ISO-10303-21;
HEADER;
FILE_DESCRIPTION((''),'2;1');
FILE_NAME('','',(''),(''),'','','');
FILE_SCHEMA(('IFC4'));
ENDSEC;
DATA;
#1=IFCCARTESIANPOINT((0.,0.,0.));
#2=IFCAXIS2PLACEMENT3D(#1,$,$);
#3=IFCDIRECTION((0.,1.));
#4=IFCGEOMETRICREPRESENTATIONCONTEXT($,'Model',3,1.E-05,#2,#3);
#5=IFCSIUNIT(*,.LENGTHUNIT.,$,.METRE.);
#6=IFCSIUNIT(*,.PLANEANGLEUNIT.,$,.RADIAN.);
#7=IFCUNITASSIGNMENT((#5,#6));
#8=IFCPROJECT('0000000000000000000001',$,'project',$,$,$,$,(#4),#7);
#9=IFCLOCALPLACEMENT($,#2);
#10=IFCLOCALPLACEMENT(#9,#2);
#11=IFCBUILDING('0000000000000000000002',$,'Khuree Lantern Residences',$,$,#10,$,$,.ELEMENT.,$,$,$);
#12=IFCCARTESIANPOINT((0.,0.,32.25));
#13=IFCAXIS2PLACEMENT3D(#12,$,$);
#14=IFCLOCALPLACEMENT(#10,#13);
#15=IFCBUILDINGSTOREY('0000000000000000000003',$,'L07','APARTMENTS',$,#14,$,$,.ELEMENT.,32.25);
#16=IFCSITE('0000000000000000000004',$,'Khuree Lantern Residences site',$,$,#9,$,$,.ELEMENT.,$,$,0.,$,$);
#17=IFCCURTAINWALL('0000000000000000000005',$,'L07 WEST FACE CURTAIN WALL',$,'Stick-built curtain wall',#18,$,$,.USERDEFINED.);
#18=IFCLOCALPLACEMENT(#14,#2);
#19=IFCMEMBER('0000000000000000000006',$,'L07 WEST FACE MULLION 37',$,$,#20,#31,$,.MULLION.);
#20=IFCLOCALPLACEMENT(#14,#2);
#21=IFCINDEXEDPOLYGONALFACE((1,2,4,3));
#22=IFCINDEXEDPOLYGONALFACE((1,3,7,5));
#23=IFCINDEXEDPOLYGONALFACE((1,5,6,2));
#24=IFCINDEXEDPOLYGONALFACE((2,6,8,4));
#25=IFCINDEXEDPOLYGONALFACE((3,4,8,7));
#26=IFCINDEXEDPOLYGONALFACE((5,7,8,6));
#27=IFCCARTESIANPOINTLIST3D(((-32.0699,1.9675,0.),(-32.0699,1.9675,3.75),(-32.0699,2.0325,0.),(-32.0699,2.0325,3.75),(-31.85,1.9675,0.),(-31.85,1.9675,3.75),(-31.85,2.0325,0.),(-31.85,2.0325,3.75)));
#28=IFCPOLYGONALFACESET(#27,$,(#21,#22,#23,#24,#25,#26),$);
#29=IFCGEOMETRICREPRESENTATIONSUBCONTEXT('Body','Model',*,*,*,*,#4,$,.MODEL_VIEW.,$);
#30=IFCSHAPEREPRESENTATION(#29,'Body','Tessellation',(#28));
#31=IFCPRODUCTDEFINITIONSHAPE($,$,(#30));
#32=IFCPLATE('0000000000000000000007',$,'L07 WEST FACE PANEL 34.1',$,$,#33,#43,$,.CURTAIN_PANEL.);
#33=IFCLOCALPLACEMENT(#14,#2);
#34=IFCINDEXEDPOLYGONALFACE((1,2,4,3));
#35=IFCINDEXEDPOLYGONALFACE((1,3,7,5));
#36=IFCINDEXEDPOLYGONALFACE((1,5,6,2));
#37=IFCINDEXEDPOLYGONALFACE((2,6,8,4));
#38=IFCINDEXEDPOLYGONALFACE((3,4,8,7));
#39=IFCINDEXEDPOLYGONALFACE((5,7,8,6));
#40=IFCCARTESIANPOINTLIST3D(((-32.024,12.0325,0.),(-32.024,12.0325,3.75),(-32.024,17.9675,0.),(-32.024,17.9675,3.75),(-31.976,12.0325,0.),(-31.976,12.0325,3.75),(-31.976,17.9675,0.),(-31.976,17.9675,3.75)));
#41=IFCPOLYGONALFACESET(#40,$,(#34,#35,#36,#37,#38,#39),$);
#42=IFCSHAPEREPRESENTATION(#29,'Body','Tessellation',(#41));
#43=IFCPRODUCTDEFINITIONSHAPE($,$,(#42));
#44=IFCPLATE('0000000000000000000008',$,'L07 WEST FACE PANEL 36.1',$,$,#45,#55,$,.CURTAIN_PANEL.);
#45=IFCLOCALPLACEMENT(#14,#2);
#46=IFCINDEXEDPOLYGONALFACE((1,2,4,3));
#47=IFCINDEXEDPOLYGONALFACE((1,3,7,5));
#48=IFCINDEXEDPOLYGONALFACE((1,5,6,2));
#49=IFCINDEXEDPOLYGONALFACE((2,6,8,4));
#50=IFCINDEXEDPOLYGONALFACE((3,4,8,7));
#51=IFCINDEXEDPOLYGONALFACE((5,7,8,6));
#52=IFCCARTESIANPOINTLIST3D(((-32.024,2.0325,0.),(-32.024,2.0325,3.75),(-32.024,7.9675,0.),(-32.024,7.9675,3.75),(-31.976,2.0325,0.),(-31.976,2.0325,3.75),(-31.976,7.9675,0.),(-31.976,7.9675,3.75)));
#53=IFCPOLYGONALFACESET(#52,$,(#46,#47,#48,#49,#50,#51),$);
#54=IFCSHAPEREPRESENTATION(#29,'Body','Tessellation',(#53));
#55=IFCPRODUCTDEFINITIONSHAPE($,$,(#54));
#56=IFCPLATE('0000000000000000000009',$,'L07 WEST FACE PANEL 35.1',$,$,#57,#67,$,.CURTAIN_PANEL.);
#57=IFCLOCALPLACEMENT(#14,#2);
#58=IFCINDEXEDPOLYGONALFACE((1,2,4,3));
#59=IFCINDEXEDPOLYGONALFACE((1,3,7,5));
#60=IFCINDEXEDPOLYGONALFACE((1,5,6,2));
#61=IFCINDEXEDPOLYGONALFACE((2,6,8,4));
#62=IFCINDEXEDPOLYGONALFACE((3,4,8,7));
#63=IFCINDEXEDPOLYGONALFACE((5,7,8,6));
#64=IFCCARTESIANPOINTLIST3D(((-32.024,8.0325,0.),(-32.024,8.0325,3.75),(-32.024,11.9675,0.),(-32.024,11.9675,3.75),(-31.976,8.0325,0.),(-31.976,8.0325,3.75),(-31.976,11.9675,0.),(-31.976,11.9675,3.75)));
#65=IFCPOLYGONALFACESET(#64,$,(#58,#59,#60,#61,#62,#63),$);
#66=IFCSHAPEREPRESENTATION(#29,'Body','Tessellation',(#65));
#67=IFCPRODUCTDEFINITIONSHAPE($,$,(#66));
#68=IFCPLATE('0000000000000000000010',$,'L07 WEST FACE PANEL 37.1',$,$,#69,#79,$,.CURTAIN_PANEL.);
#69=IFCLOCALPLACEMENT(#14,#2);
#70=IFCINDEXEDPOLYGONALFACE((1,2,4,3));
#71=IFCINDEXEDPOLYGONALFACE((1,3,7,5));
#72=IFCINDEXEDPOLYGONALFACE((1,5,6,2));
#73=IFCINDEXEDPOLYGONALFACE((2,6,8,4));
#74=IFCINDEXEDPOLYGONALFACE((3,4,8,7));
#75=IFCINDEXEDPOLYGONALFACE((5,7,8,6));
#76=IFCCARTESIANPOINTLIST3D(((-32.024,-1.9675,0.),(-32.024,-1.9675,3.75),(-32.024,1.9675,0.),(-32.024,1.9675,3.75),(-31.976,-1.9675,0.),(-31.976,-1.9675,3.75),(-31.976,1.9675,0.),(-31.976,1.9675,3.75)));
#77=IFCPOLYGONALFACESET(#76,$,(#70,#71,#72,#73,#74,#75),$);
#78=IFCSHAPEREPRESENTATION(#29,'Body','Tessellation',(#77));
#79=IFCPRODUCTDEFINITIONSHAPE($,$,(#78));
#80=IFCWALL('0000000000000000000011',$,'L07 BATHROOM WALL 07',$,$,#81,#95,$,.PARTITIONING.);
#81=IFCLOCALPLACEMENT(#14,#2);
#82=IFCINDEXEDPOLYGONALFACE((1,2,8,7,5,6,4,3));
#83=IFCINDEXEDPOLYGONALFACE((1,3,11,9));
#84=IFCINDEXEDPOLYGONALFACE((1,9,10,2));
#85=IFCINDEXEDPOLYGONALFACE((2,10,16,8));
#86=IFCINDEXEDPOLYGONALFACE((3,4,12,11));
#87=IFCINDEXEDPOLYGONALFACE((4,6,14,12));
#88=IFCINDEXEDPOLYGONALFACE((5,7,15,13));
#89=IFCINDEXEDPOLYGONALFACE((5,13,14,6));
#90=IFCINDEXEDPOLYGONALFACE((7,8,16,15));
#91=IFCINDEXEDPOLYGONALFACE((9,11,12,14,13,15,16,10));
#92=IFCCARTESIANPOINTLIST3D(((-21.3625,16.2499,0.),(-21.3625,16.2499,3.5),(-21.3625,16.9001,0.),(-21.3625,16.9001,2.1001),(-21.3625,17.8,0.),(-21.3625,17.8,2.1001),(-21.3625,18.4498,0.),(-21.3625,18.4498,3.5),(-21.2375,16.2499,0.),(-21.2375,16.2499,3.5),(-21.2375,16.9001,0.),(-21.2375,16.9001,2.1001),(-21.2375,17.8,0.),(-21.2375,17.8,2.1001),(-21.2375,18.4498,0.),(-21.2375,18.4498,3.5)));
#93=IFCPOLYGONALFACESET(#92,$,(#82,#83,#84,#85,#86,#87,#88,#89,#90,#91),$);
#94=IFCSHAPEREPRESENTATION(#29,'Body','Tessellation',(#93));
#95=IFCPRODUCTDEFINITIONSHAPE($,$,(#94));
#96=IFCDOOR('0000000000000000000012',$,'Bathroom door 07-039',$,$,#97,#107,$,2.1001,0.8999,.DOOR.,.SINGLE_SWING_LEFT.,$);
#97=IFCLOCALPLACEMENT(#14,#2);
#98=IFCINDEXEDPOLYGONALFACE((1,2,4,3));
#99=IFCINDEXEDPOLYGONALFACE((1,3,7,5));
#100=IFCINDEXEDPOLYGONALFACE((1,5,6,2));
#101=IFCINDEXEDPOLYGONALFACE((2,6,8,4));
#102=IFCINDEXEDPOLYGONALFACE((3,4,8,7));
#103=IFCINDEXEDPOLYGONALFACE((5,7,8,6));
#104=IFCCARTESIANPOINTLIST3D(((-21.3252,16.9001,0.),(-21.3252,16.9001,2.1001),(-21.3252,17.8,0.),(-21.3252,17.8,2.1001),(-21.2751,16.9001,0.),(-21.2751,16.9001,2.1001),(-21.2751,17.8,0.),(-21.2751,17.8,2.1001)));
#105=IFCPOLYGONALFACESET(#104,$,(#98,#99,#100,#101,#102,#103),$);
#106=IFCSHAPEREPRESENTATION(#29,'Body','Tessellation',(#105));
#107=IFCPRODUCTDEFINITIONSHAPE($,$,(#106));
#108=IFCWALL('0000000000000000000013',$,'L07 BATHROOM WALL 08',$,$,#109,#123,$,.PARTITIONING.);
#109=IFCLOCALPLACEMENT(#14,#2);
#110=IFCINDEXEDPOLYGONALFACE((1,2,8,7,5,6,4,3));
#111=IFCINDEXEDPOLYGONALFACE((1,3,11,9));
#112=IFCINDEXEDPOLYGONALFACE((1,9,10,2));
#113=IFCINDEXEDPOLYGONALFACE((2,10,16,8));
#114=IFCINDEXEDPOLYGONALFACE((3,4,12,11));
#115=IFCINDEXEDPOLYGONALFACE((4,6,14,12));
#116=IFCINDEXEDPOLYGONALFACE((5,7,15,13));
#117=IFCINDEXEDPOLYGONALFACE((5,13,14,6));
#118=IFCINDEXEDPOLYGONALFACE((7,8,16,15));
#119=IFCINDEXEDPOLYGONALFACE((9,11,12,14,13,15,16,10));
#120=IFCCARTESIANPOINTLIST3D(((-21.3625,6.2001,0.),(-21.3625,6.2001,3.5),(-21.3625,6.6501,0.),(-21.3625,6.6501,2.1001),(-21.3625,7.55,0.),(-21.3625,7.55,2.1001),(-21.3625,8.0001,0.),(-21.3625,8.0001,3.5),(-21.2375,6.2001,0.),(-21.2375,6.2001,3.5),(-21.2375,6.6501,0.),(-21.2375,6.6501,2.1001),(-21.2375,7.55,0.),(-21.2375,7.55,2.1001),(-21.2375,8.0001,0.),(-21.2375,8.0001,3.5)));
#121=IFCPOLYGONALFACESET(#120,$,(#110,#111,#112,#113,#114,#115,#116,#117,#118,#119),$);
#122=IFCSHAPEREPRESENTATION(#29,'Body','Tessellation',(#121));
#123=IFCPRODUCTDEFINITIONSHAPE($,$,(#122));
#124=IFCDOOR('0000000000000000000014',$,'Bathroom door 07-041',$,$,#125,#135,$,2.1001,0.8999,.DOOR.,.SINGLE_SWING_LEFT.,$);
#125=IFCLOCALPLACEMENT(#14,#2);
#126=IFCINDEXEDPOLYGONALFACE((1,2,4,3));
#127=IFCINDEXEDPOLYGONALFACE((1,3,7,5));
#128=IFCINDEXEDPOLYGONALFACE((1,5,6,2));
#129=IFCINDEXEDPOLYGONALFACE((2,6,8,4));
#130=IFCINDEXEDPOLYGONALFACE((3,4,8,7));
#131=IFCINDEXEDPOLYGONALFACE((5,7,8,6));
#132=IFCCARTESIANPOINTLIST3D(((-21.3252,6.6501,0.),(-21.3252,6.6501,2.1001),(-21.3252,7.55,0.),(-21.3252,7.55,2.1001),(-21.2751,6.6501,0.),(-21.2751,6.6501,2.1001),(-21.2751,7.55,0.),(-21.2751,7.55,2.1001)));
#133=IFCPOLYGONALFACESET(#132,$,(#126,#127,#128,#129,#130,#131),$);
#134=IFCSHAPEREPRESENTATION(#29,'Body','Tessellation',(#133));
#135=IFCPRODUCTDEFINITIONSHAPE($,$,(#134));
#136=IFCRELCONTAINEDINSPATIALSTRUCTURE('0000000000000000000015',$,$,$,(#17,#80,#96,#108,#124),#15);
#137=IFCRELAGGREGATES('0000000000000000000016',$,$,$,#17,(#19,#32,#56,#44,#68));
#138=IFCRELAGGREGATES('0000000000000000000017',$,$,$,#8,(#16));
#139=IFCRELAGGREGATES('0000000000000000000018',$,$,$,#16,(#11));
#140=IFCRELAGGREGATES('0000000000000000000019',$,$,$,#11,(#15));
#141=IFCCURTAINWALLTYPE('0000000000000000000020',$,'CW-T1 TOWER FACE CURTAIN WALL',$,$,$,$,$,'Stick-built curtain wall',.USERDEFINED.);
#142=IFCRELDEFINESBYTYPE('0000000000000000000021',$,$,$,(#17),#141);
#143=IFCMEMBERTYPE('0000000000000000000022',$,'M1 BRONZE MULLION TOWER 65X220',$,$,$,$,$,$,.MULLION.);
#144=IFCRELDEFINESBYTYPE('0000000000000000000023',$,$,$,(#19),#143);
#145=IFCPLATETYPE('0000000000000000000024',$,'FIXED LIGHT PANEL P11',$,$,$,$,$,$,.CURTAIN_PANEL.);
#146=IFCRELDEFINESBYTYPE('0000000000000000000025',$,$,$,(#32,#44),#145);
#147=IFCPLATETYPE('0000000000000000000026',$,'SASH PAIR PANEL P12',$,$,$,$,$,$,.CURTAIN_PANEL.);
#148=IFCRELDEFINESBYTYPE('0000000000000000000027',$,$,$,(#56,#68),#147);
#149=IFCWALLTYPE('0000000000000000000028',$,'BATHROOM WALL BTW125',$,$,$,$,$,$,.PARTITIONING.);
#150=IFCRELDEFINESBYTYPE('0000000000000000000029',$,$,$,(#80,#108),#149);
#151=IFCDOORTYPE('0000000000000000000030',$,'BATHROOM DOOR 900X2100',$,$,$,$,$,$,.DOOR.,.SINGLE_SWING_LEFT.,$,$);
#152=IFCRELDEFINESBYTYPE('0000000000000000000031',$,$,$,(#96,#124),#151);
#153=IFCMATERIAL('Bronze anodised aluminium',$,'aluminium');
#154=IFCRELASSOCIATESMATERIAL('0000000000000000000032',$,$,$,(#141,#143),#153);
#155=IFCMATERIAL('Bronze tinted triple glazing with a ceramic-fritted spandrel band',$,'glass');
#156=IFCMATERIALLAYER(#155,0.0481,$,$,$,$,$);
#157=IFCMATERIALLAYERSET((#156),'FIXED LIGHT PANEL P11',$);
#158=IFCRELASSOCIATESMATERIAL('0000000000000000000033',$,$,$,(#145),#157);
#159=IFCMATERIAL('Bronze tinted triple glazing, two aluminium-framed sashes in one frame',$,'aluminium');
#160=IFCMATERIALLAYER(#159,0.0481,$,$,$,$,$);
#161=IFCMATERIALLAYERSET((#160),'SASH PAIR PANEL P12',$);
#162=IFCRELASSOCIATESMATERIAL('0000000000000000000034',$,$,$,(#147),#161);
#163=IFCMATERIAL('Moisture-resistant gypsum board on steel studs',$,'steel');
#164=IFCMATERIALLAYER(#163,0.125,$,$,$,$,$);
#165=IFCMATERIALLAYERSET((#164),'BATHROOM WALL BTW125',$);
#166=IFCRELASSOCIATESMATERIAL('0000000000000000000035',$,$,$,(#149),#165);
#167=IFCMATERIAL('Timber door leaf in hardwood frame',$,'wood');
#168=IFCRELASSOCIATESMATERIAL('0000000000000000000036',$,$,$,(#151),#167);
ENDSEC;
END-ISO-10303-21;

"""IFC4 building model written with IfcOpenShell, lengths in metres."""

from ifc_helpers import new_model, si_unit, direction, frame, frame_2d, origin, origin_2d, place, context, subcontext, project, spatial, rectangle, extrude, material, layer, layer_set, material_profile, profile_set, type_object, element, fill, aggregate, save


model = new_model("IFC4")

# Units and contexts
model_context = context("Model", 3, precision=1e-05, world=origin(), true_north=direction((0.0, 1.0)))
body_context = subcontext(model_context, "Body", "Model", "MODEL_VIEW")
ifc_project = project(units=[si_unit("LENGTHUNIT", "METRE"), si_unit("PLANEANGLEUNIT", "RADIAN")], contexts=[model_context])

# Site, building, storey
site_placement = place(None, origin())
site = spatial("IfcSite", under=ifc_project, at=site_placement, Name="Khuree Lantern Residences site", CompositionType="ELEMENT", RefElevation=0.0)
building_placement = place(site_placement, origin())
building = spatial("IfcBuilding", under=site, at=building_placement, Name="Khuree Lantern Residences", CompositionType="ELEMENT")
storey_placement = place(building_placement, frame((0.0, 0.0, 32.25)))
storey = spatial("IfcBuildingStorey", under=building, at=storey_placement, Name="L07", Description="APARTMENTS", CompositionType="ELEMENT", Elevation=32.25)

# Curtain wall
ifc_material_1 = material(Name="Bronze anodised aluminium", Category="aluminium")
curtain_wall_type = type_object("IfcCurtainWallType", Name="CW-T1 TOWER FACE CURTAIN WALL", ElementType="Stick-built curtain wall", PredefinedType="USERDEFINED", material=ifc_material_1)
curtain_wall_placement = place(storey_placement, origin())
curtain_wall = element("IfcCurtainWall", 1, at=curtain_wall_placement, inside=storey, type_object=curtain_wall_type, Name="L07 WEST FACE CURTAIN WALL", ObjectType="Stick-built curtain wall", PredefinedType="USERDEFINED")

# Member
ifc_material_profile_1 = material_profile(ifc_material_1, rectangle(XDim=0.0649, YDim=0.22, at=origin_2d()), Name="M1 65X220")
ifc_profile_set_1 = profile_set([ifc_material_profile_1], Name="Bronze anodised aluminium")
member_type_1 = type_object("IfcMemberType", Name="M1 BRONZE MULLION TOWER 65X220", PredefinedType="MULLION", material=ifc_profile_set_1)
member_1_placement = place(storey_placement, frame((-31.96, 2.0, 0.0), z_axis=(0.0, 0.0, 1.0), x_axis=(0.0, -1.0, 0.0)))
member_1 = element("IfcMember", 2, at=member_1_placement, type_object=member_type_1, Name="L07 WEST FACE MULLION 37", PredefinedType="MULLION", context=body_context, shape_type="SweptSolid", body=[
    extrude(rectangle(XDim=0.0649, YDim=0.22, at=origin_2d()), origin(), (0.0, 0.0, 1.0), 3.75),
])

# Plates
ifc_material_2 = material(Name="Bronze tinted triple glazing with a ceramic-fritted spandrel band", Category="glass")
ifc_layer_1 = layer(ifc_material_2, 0.0481)
ifc_layer_set_1 = layer_set([ifc_layer_1], Name="FIXED LIGHT PANEL P11")
plate_type_1 = type_object("IfcPlateType", Name="FIXED LIGHT PANEL P11", PredefinedType="CURTAIN_PANEL", material=ifc_layer_set_1)
plate_1_placement = place(storey_placement, frame((-32.0, 15.0, 0.0), z_axis=(0.0, 0.0, 1.0), x_axis=(0.0, -1.0, 0.0)))
plate_1 = element("IfcPlate", 3, at=plate_1_placement, type_object=plate_type_1, Name="L07 WEST FACE PANEL 34.1", PredefinedType="CURTAIN_PANEL", context=body_context, shape_type="SweptSolid", body=[
    extrude(rectangle(XDim=5.9351, YDim=0.0481, at=origin_2d()), origin(), (0.0, 0.0, 1.0), 3.75),
])
plate_2_placement = place(storey_placement, frame((-32.0, 5.0, 0.0), z_axis=(0.0, 0.0, 1.0), x_axis=(0.0, -1.0, 0.0)))
plate_2 = element("IfcPlate", 4, at=plate_2_placement, type_object=plate_type_1, Name="L07 WEST FACE PANEL 36.1", PredefinedType="CURTAIN_PANEL", context=body_context, shape_type="SweptSolid", body=[
    extrude(rectangle(XDim=5.9351, YDim=0.0481, at=origin_2d()), origin(), (0.0, 0.0, 1.0), 3.75),
])
ifc_material_3 = material(Name="Bronze tinted triple glazing, two aluminium-framed sashes in one frame", Category="aluminium")
ifc_layer_2 = layer(ifc_material_3, 0.0481)
ifc_layer_set_2 = layer_set([ifc_layer_2], Name="SASH PAIR PANEL P12")
plate_type_2 = type_object("IfcPlateType", Name="SASH PAIR PANEL P12", PredefinedType="CURTAIN_PANEL", material=ifc_layer_set_2)
plate_3_placement = place(storey_placement, frame((-32.0, 10.0, 0.0), z_axis=(0.0, 0.0, 1.0), x_axis=(0.0, -1.0, 0.0)))
plate_3 = element("IfcPlate", 5, at=plate_3_placement, type_object=plate_type_2, Name="L07 WEST FACE PANEL 35.1", PredefinedType="CURTAIN_PANEL", context=body_context, shape_type="SweptSolid", body=[
    extrude(rectangle(XDim=3.9351, YDim=0.0481, at=origin_2d()), origin(), (0.0, 0.0, 1.0), 3.75),
])
plate_4_placement = place(storey_placement, frame((-32.0, 0.0, 0.0), z_axis=(0.0, 0.0, 1.0), x_axis=(0.0, -1.0, 0.0)))
plate_4 = element("IfcPlate", 6, at=plate_4_placement, type_object=plate_type_2, Name="L07 WEST FACE PANEL 37.1", PredefinedType="CURTAIN_PANEL", context=body_context, shape_type="SweptSolid", body=[
    extrude(rectangle(XDim=3.9351, YDim=0.0481, at=origin_2d()), origin(), (0.0, 0.0, 1.0), 3.75),
])
aggregate(curtain_wall, [member_1, plate_1, plate_3, plate_2, plate_4])

# Walls, openings, doors
ifc_material_4 = material(Name="Moisture-resistant gypsum board on steel studs", Category="steel")
ifc_layer_3 = layer(ifc_material_4, 0.125)
ifc_layer_set_3 = layer_set([ifc_layer_3], Name="BATHROOM WALL BTW125")
wall_type_1 = type_object("IfcWallType", Name="BATHROOM WALL BTW125", PredefinedType="PARTITIONING", material=ifc_layer_set_3)
wall_1_placement = place(storey_placement, frame((-21.3, 18.45, 0.0), z_axis=(0.0, 0.0, 1.0), x_axis=(0.0, -1.0, 0.0)))
wall_1 = element("IfcWall", 7, at=wall_1_placement, inside=storey, type_object=wall_type_1, Name="L07 BATHROOM WALL 07", PredefinedType="PARTITIONING", context=body_context, shape_type="SweptSolid", body=[
    extrude(rectangle(XDim=2.2, YDim=0.125, at=frame_2d((1.1001, 0.0))), origin(), (0.0, 0.0, 1.0), 3.5),
])
opening_1_placement = place(wall_1_placement, frame((0.6499, 0.0, 0.0)))
opening_1 = element("IfcOpeningElement", 8, at=opening_1_placement, cuts=wall_1, PredefinedType="OPENING", context=body_context, shape_type="SweptSolid", body=[
    extrude(rectangle(XDim=0.8999, YDim=2.1001, at=frame_2d((0.45, 1.05))), frame((0.0, 0.0725, 0.0), z_axis=(0.0, -1.0, 0.0), x_axis=(1.0, 0.0, 0.0)), (0.0, 0.0, 1.0), 0.145),
])
ifc_material_5 = material(Name="Timber door leaf in hardwood frame", Category="wood")
door_type_1 = type_object("IfcDoorType", Name="BATHROOM DOOR 900X2100", OperationType="SINGLE_SWING_LEFT", PredefinedType="DOOR", material=ifc_material_5)
door_1_placement = place(opening_1_placement, origin())
door_1 = element("IfcDoor", 9, at=door_1_placement, inside=storey, type_object=door_type_1, Name="Bathroom door 07-039", OperationType="SINGLE_SWING_LEFT", OverallHeight=2.1001, OverallWidth=0.8999, PredefinedType="DOOR", context=body_context, shape_type="SweptSolid", body=[
    extrude(rectangle(XDim=0.8999, YDim=2.1001, at=frame_2d((0.45, 1.05))), frame((0.0, 0.0249, 0.0), z_axis=(0.0, -1.0, 0.0), x_axis=(1.0, 0.0, 0.0)), (0.0, 0.0, 1.0), 0.05),
])
fill(opening_1, door_1)
wall_2_placement = place(storey_placement, frame((-21.3, 8.0, 0.0), z_axis=(0.0, 0.0, 1.0), x_axis=(0.0, -1.0, 0.0)))
wall_2 = element("IfcWall", 10, at=wall_2_placement, inside=storey, type_object=wall_type_1, Name="L07 BATHROOM WALL 08", PredefinedType="PARTITIONING", context=body_context, shape_type="SweptSolid", body=[
    extrude(rectangle(XDim=1.8, YDim=0.125, at=frame_2d((0.8999, 0.0))), origin(), (0.0, 0.0, 1.0), 3.5),
])
opening_2_placement = place(wall_2_placement, frame((0.45, 0.0, 0.0)))
opening_2 = element("IfcOpeningElement", 11, at=opening_2_placement, cuts=wall_2, PredefinedType="OPENING", context=body_context, shape_type="SweptSolid", body=[
    extrude(rectangle(XDim=0.8999, YDim=2.1001, at=frame_2d((0.45, 1.05))), frame((0.0, 0.0725, 0.0), z_axis=(0.0, -1.0, 0.0), x_axis=(1.0, 0.0, 0.0)), (0.0, 0.0, 1.0), 0.145),
])
door_2_placement = place(opening_2_placement, origin())
door_2 = element("IfcDoor", 12, at=door_2_placement, inside=storey, type_object=door_type_1, Name="Bathroom door 07-041", OperationType="SINGLE_SWING_LEFT", OverallHeight=2.1001, OverallWidth=0.8999, PredefinedType="DOOR", context=body_context, shape_type="SweptSolid", body=[
    extrude(rectangle(XDim=0.8999, YDim=2.1001, at=frame_2d((0.45, 1.05))), frame((0.0, 0.0249, 0.0), z_axis=(0.0, -1.0, 0.0), x_axis=(1.0, 0.0, 0.0)), (0.0, 0.0, 1.0), 0.05),
])
fill(opening_2, door_2)

save(model, "model.ifc")
